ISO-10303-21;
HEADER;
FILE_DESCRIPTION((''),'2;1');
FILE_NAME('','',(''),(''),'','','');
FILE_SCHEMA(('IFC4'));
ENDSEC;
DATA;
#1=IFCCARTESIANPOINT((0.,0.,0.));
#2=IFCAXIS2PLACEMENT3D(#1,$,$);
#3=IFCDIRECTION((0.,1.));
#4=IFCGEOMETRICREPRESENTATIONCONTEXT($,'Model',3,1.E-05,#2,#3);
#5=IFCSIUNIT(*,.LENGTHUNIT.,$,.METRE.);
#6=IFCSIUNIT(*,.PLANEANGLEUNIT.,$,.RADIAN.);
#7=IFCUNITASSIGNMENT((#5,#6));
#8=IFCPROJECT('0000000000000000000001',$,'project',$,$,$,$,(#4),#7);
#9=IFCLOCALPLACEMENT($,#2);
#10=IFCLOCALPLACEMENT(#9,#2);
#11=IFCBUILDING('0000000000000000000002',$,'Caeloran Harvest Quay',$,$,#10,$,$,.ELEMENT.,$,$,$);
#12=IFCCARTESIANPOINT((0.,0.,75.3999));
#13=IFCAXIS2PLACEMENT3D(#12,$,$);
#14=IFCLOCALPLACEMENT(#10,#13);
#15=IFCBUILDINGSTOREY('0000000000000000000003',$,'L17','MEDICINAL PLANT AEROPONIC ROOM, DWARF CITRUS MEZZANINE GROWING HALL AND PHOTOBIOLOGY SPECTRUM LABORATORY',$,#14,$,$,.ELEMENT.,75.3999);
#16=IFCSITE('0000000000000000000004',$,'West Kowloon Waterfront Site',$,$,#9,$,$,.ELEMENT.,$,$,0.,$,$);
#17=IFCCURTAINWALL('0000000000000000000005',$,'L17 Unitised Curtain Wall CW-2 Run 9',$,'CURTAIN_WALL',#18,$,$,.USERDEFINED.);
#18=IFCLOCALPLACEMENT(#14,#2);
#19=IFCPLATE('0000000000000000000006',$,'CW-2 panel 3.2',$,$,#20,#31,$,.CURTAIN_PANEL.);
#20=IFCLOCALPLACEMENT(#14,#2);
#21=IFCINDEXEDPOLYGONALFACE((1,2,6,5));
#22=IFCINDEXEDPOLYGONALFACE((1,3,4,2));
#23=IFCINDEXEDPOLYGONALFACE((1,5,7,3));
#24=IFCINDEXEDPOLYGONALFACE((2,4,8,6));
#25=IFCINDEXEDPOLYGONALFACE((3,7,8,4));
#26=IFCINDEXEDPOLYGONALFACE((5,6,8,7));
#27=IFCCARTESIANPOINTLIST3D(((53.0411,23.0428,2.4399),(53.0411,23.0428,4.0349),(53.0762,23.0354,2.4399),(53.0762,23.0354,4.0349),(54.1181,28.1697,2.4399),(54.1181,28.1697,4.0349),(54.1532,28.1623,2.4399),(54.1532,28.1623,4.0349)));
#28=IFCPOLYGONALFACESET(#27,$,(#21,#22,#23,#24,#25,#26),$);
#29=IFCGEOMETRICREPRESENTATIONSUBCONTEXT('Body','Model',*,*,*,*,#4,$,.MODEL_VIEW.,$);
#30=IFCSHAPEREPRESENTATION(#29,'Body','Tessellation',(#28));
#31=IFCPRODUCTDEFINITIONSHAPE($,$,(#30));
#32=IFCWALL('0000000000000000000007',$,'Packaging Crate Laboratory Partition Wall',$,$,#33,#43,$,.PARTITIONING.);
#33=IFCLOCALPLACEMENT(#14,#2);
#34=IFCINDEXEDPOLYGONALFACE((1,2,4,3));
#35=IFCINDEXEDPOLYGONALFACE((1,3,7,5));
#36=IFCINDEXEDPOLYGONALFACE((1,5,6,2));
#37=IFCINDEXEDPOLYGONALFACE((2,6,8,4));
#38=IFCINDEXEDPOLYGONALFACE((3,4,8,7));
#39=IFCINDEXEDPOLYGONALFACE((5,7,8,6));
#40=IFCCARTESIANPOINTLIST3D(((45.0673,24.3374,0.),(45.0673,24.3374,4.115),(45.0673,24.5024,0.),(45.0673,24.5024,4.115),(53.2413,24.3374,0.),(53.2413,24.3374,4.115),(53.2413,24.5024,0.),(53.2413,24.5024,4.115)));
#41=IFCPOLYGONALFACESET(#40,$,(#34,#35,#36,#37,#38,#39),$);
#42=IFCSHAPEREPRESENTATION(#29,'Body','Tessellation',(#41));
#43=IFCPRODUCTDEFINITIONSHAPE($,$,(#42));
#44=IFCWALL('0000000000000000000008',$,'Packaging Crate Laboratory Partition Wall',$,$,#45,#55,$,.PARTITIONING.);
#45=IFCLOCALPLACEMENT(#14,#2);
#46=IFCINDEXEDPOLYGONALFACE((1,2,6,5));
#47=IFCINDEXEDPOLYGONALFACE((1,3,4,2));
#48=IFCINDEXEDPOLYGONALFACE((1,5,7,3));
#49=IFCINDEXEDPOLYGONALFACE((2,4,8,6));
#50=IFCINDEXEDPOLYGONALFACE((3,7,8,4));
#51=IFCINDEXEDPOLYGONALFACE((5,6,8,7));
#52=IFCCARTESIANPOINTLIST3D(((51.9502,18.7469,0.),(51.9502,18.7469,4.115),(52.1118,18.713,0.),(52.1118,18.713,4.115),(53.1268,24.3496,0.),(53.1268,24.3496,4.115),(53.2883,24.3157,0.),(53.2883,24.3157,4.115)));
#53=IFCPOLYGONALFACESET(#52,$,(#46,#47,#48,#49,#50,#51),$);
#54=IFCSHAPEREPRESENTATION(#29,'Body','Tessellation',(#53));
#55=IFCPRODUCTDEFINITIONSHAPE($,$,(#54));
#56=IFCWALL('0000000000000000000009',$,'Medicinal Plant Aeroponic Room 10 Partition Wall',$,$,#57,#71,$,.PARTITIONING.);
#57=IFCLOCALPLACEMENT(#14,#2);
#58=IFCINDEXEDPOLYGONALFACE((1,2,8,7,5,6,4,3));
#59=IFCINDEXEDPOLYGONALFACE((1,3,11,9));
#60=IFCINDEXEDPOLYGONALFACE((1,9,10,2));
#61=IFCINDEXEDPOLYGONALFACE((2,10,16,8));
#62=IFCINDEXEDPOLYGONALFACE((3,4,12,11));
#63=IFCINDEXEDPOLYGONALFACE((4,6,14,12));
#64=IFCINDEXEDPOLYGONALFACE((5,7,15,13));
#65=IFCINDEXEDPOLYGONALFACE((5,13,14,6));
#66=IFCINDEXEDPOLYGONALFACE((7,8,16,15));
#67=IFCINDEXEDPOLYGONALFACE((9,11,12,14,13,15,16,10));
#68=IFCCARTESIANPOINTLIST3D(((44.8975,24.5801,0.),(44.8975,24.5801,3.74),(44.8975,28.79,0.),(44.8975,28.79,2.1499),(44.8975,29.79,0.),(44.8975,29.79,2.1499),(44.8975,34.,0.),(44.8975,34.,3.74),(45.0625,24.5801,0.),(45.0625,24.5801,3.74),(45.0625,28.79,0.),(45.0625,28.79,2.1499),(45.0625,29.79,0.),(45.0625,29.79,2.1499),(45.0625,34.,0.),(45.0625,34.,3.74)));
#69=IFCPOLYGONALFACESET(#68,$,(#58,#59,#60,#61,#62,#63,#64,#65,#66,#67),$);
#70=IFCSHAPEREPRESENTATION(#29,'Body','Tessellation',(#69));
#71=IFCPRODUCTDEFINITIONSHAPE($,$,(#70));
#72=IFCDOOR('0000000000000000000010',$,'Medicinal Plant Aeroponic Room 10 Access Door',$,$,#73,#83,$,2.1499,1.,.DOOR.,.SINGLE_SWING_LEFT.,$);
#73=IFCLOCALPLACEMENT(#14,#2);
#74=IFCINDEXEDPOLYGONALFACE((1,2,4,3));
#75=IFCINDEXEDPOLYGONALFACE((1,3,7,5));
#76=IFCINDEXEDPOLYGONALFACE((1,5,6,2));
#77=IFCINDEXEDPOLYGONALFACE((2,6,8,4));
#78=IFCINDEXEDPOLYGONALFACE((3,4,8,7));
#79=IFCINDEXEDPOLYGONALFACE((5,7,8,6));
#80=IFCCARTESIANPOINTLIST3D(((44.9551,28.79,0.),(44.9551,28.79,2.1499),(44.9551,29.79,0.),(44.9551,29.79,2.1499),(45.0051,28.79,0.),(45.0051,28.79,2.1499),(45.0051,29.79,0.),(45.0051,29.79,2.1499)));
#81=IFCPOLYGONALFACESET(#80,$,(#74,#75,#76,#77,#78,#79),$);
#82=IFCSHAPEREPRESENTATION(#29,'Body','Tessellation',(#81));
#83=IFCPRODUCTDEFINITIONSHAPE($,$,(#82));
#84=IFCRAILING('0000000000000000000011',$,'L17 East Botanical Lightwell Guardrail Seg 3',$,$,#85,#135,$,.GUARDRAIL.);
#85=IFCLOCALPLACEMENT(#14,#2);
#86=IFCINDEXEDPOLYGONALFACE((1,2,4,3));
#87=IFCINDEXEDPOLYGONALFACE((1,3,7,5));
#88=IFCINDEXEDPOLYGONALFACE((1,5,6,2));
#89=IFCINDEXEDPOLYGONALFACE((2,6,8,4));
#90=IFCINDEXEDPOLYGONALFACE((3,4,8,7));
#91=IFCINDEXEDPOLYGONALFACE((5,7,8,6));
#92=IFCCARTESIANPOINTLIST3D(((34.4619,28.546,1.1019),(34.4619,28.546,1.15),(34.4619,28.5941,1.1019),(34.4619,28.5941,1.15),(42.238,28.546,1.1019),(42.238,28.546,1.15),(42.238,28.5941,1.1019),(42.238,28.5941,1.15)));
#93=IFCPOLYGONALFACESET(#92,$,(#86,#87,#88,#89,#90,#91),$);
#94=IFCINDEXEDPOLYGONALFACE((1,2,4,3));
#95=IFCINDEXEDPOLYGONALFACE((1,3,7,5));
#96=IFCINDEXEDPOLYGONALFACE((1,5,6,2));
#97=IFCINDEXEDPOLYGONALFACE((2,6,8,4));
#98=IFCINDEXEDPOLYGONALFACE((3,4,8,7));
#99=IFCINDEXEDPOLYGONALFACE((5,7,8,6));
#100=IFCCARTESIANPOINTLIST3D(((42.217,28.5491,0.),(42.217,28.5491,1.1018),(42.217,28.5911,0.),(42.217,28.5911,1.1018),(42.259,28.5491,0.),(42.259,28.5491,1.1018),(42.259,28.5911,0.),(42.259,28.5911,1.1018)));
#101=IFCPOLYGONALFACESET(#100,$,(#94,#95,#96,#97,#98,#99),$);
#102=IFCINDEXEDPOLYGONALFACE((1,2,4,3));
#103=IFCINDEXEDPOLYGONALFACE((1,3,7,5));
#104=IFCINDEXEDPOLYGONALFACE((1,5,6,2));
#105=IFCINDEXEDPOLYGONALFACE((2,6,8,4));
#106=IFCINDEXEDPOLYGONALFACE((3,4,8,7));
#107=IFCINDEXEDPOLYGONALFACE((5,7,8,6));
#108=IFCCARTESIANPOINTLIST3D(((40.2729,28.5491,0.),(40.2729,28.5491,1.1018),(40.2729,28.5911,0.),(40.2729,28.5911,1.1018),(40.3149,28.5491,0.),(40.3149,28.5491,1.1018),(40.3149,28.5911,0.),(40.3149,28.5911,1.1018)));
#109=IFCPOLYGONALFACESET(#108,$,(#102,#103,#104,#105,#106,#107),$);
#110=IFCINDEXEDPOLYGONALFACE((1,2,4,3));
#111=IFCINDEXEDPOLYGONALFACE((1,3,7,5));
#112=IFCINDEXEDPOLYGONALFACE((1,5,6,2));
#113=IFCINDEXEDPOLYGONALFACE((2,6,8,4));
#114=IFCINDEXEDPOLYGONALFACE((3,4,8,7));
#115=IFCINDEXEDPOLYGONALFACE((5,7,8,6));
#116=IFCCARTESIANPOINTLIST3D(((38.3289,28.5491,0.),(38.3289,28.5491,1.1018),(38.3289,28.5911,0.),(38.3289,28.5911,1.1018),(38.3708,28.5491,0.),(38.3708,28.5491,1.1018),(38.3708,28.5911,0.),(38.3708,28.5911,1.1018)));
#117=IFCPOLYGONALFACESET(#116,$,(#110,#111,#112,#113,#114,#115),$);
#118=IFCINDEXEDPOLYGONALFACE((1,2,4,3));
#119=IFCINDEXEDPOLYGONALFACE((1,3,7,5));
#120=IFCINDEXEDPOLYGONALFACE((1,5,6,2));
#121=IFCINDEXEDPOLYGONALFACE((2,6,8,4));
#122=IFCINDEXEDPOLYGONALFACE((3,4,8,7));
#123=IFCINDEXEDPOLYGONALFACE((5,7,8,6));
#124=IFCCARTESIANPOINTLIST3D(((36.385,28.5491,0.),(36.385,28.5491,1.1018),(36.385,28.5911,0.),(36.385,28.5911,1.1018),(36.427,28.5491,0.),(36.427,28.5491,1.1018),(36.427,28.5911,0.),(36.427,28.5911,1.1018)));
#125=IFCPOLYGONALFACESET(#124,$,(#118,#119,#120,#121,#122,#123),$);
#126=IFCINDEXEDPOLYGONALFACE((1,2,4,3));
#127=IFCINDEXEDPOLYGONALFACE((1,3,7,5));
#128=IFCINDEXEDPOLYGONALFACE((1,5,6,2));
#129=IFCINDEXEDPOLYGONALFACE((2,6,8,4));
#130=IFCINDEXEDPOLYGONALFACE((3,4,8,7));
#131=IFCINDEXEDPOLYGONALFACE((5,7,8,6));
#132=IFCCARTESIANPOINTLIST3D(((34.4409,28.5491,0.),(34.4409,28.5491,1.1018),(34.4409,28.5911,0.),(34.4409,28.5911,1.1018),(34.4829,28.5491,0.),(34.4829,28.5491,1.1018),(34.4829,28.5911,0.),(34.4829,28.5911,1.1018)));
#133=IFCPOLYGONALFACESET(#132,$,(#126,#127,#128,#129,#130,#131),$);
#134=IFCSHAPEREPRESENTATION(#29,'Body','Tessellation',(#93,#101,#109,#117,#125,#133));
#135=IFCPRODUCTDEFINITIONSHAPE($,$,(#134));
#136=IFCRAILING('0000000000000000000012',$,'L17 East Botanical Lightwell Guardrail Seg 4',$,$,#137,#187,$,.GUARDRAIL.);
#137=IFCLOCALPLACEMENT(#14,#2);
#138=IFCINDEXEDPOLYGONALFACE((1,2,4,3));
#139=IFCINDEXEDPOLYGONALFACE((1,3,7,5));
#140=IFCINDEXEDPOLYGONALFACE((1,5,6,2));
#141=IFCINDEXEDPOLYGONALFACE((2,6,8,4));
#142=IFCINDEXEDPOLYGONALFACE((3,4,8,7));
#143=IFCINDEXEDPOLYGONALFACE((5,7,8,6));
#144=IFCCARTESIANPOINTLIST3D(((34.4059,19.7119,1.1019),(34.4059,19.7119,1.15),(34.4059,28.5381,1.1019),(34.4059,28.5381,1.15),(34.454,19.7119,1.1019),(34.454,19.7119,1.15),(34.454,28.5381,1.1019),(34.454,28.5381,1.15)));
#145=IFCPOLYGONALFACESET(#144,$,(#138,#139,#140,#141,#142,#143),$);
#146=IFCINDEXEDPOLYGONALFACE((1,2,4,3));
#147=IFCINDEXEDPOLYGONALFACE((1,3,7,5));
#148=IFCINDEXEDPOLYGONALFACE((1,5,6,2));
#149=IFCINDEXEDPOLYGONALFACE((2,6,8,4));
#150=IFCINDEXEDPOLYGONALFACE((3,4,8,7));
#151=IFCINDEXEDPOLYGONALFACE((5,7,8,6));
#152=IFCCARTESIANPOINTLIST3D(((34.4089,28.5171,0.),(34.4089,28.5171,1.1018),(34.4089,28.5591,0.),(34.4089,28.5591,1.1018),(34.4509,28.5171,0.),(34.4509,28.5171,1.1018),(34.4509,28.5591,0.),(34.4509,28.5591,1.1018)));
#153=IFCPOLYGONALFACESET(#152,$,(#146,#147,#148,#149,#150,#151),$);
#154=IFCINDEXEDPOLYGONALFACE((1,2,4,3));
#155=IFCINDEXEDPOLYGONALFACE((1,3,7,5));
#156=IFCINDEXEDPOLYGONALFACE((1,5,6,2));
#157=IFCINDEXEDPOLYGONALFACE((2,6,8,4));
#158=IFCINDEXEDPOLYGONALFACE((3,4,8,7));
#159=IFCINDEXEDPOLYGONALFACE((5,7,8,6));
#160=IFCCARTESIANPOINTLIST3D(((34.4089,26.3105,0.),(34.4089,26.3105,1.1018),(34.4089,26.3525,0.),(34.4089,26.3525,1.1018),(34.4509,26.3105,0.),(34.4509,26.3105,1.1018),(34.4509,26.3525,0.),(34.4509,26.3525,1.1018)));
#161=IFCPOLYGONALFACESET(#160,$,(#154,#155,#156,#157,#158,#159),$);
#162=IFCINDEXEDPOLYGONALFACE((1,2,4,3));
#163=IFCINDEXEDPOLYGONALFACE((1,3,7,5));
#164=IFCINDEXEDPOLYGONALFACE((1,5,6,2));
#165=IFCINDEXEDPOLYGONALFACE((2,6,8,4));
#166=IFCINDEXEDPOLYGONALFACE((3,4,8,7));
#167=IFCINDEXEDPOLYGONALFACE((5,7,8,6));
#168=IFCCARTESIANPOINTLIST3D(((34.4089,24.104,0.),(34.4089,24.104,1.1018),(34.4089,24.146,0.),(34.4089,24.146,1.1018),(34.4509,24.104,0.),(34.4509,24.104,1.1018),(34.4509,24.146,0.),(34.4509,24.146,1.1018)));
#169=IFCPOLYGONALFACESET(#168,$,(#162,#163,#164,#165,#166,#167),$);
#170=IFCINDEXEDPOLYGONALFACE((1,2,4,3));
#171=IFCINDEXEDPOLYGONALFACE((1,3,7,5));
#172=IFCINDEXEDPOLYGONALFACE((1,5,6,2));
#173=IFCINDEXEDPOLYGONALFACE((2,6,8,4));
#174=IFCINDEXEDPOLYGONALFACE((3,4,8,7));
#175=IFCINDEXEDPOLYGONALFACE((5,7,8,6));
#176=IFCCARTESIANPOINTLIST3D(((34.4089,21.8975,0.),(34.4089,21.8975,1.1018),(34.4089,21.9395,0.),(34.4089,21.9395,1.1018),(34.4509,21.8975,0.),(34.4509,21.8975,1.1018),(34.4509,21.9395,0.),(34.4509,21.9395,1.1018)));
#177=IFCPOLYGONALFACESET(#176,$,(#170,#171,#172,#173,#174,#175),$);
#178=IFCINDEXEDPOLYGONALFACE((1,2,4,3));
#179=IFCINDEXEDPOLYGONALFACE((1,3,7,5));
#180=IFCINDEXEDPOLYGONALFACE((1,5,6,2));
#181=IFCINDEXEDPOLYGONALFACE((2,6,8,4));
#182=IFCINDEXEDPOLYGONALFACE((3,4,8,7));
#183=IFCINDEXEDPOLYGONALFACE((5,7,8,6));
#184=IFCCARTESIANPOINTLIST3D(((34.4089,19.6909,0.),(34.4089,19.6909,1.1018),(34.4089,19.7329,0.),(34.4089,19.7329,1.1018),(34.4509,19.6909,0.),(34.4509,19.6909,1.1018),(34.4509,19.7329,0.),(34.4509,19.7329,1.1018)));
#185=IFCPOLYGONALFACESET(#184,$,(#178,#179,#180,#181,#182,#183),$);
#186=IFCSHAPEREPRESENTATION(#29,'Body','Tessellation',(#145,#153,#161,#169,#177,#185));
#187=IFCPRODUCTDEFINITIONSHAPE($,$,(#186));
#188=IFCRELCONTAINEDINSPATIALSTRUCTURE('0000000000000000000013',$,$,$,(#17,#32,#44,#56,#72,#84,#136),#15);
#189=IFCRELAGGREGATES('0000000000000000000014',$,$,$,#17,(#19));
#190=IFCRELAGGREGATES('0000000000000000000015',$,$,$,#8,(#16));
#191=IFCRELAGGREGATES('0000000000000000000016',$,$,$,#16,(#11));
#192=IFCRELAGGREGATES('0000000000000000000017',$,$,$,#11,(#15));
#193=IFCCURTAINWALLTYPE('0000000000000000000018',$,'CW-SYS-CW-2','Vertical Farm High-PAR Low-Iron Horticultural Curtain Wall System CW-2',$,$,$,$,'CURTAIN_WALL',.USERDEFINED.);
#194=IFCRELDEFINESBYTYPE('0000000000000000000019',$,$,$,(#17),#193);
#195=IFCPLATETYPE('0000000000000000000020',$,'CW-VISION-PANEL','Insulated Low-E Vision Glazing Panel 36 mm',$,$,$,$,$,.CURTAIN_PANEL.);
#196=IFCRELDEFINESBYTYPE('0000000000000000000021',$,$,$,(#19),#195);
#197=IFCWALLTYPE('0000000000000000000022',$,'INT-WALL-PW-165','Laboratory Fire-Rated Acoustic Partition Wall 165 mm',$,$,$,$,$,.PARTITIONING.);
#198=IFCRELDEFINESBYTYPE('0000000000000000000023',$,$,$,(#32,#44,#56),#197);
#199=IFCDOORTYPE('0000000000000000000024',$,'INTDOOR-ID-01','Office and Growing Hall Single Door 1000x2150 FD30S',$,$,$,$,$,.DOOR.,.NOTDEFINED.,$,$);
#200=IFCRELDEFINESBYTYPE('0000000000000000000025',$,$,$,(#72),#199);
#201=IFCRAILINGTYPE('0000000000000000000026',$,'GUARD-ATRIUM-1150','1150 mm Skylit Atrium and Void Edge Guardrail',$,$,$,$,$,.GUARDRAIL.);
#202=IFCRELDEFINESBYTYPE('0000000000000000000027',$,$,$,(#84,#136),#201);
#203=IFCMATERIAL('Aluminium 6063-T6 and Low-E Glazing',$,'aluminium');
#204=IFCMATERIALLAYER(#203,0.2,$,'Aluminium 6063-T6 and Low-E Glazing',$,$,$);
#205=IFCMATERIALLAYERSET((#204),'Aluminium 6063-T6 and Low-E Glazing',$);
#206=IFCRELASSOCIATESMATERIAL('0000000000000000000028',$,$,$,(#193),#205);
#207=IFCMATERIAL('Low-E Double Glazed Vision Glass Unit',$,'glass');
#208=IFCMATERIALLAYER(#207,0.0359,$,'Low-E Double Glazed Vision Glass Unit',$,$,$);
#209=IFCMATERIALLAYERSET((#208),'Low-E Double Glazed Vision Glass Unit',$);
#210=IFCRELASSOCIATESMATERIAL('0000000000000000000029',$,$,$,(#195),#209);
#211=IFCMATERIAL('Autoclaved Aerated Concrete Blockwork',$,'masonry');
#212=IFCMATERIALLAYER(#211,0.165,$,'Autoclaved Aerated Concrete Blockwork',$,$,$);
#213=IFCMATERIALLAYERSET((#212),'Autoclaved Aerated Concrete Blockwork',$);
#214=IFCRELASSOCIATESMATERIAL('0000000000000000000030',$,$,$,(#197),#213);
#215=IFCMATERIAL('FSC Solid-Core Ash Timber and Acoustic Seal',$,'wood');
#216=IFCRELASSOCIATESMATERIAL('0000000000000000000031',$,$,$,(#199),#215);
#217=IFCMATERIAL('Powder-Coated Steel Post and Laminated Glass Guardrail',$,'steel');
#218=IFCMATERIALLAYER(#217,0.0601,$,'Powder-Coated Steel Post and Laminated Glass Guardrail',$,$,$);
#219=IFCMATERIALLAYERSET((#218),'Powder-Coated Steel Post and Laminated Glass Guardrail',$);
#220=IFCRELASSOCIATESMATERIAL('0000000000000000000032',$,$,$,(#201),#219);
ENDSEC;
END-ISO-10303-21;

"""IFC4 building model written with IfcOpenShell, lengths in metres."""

from ifc_helpers import new_model, si_unit, direction, frame, frame_2d, origin, origin_2d, place, context, subcontext, project, spatial, rectangle, extrude, material, layer, layer_set, type_object, element, fill, aggregate, save


model = new_model("IFC4")

# Units and contexts
model_context = context("Model", 3, precision=1e-05, world=origin(), true_north=direction((0.0, 1.0)))
body_context = subcontext(model_context, "Body", "Model", "MODEL_VIEW")
ifc_project = project(units=[si_unit("LENGTHUNIT", "METRE"), si_unit("PLANEANGLEUNIT", "RADIAN")], contexts=[model_context])

# Site, building, storey
site_placement = place(None, origin())
site = spatial("IfcSite", under=ifc_project, at=site_placement, Name="West Kowloon Waterfront Site", CompositionType="ELEMENT", RefElevation=0.0)
building_placement = place(site_placement, origin())
building = spatial("IfcBuilding", under=site, at=building_placement, Name="Caeloran Harvest Quay", CompositionType="ELEMENT")
storey_placement = place(building_placement, frame((0.0, 0.0, 75.3999)))
storey = spatial("IfcBuildingStorey", under=building, at=storey_placement, Name="L17", Description="MEDICINAL PLANT AEROPONIC ROOM, DWARF CITRUS MEZZANINE GROWING HALL AND PHOTOBIOLOGY SPECTRUM LABORATORY", CompositionType="ELEMENT", Elevation=75.3999)

# Curtain wall, plate
ifc_material_1 = material(Name="Aluminium 6063-T6 and Low-E Glazing", Category="aluminium")
ifc_layer_1 = layer(ifc_material_1, 0.2, Name="Aluminium 6063-T6 and Low-E Glazing")
ifc_layer_set_1 = layer_set([ifc_layer_1], Name="Aluminium 6063-T6 and Low-E Glazing")
curtain_wall_type = type_object("IfcCurtainWallType", Name="CW-SYS-CW-2", Description="Vertical Farm High-PAR Low-Iron Horticultural Curtain Wall System CW-2", ElementType="CURTAIN_WALL", PredefinedType="USERDEFINED", material=ifc_layer_set_1)
curtain_wall_placement = place(storey_placement, origin())
curtain_wall = element("IfcCurtainWall", 1, at=curtain_wall_placement, inside=storey, type_object=curtain_wall_type, Name="L17 Unitised Curtain Wall CW-2 Run 9", ObjectType="CURTAIN_WALL", PredefinedType="USERDEFINED")
ifc_material_2 = material(Name="Low-E Double Glazed Vision Glass Unit", Category="glass")
ifc_layer_2 = layer(ifc_material_2, 0.0359, Name="Low-E Double Glazed Vision Glass Unit")
ifc_layer_set_2 = layer_set([ifc_layer_2], Name="Low-E Double Glazed Vision Glass Unit")
plate_type = type_object("IfcPlateType", Name="CW-VISION-PANEL", Description="Insulated Low-E Vision Glazing Panel 36 mm", PredefinedType="CURTAIN_PANEL", material=ifc_layer_set_2)
plate_1_placement = place(storey_placement, frame((53.5972, 25.6025, 2.4399), z_axis=(0.0, 0.0, 1.0), x_axis=(-0.205583, -0.97864, 0.0)))
plate_1 = element("IfcPlate", 2, at=plate_1_placement, type_object=plate_type, Name="CW-2 panel 3.2", PredefinedType="CURTAIN_PANEL", context=body_context, shape_type="SweptSolid", body=[
    extrude(rectangle(XDim=5.2388, YDim=0.0359, at=origin_2d()), origin(), (0.0, 0.0, 1.0), 1.595),
])
aggregate(curtain_wall, [plate_1])

# Walls
ifc_material_3 = material(Name="Autoclaved Aerated Concrete Blockwork", Category="masonry")
ifc_layer_3 = layer(ifc_material_3, 0.165, Name="Autoclaved Aerated Concrete Blockwork")
ifc_layer_set_3 = layer_set([ifc_layer_3], Name="Autoclaved Aerated Concrete Blockwork")
wall_type = type_object("IfcWallType", Name="INT-WALL-PW-165", Description="Laboratory Fire-Rated Acoustic Partition Wall 165 mm", PredefinedType="PARTITIONING", material=ifc_layer_set_3)
wall_1_placement = place(storey_placement, frame((45.0674, 24.4199, 0.0), z_axis=(0.0, 0.0, 1.0), x_axis=(1.0, 0.0, 0.0)))
element("IfcWall", 3, at=wall_1_placement, inside=storey, type_object=wall_type, Name="Packaging Crate Laboratory Partition Wall", PredefinedType="PARTITIONING", context=body_context, shape_type="SweptSolid", body=[
    extrude(rectangle(XDim=8.1741, YDim=0.165, at=frame_2d((4.0869, 0.0))), origin(), (0.0, 0.0, 1.0), 4.115),
])
wall_2_placement = place(storey_placement, frame((53.2075, 24.3325, 0.0), z_axis=(0.0, 0.0, 1.0), x_axis=(-0.205514, -0.978654, 0.0)))
element("IfcWall", 4, at=wall_2_placement, inside=storey, type_object=wall_type, Name="Packaging Crate Laboratory Partition Wall", PredefinedType="PARTITIONING", context=body_context, shape_type="SweptSolid", body=[
    extrude(rectangle(XDim=5.7249, YDim=0.165, at=frame_2d((2.8623, 0.0))), origin(), (0.0, 0.0, 1.0), 4.115),
])

# Wall, opening, door
wall_3_placement = place(storey_placement, frame((44.98, 24.5801, 0.0), z_axis=(0.0, 0.0, 1.0), x_axis=(0.0, 1.0, 0.0)))
wall_3 = element("IfcWall", 5, at=wall_3_placement, inside=storey, type_object=wall_type, Name="Medicinal Plant Aeroponic Room 10 Partition Wall", PredefinedType="PARTITIONING", context=body_context, shape_type="SweptSolid", body=[
    extrude(rectangle(XDim=9.4199, YDim=0.165, at=frame_2d((4.71, 0.0))), origin(), (0.0, 0.0, 1.0), 3.74),
])
opening_placement = place(wall_3_placement, frame((4.21, 0.0, 0.0)))
opening = element("IfcOpeningElement", 6, at=opening_placement, cuts=wall_3, PredefinedType="OPENING", context=body_context, shape_type="SweptSolid", body=[
    extrude(rectangle(XDim=1.0, YDim=2.1499, at=frame_2d((0.5, 1.075))), frame((0.0, 0.0925, 0.0), z_axis=(0.0, -1.0, 0.0), x_axis=(1.0, 0.0, 0.0)), (0.0, 0.0, 1.0), 0.1851),
])
ifc_material_4 = material(Name="FSC Solid-Core Ash Timber and Acoustic Seal", Category="wood")
door_type = type_object("IfcDoorType", Name="INTDOOR-ID-01", Description="Office and Growing Hall Single Door 1000x2150 FD30S", OperationType="NOTDEFINED", PredefinedType="DOOR", material=ifc_material_4)
door_placement = place(opening_placement, origin())
door = element("IfcDoor", 7, at=door_placement, inside=storey, type_object=door_type, Name="Medicinal Plant Aeroponic Room 10 Access Door", OperationType="SINGLE_SWING_LEFT", OverallHeight=2.1499, OverallWidth=1.0, PredefinedType="DOOR", context=body_context, shape_type="SweptSolid", body=[
    extrude(rectangle(XDim=1.0, YDim=2.1499, at=frame_2d((0.5, 1.075))), frame((0.0, 0.0249, 0.0), z_axis=(0.0, -1.0, 0.0), x_axis=(1.0, 0.0, 0.0)), (0.0, 0.0, 1.0), 0.05),
])
fill(opening, door)

# Railings
ifc_material_5 = material(Name="Powder-Coated Steel Post and Laminated Glass Guardrail", Category="steel")
ifc_layer_4 = layer(ifc_material_5, 0.0601, Name="Powder-Coated Steel Post and Laminated Glass Guardrail")
ifc_layer_set_4 = layer_set([ifc_layer_4], Name="Powder-Coated Steel Post and Laminated Glass Guardrail")
railing_type = type_object("IfcRailingType", Name="GUARD-ATRIUM-1150", Description="1150 mm Skylit Atrium and Void Edge Guardrail", PredefinedType="GUARDRAIL", material=ifc_layer_set_4)
railing_1_placement = place(storey_placement, frame((42.238, 28.5701, 0.0)))
element("IfcRailing", 8, at=railing_1_placement, inside=storey, type_object=railing_type, Name="L17 East Botanical Lightwell Guardrail Seg 3", PredefinedType="GUARDRAIL", context=body_context, shape_type="SweptSolid", body=[
    extrude(rectangle(XDim=0.0481, YDim=0.0481, at=origin_2d()), frame((0.0, 0.0, 1.126), z_axis=(-1.0, 0.0, 0.0), x_axis=(0.0, -1.0, 0.0)), (0.0, 0.0, 1.0), 7.7761),
    extrude(rectangle(XDim=0.042, YDim=0.042, at=origin_2d()), origin(), (0.0, 0.0, 1.0), 1.1018),
    extrude(rectangle(XDim=0.042, YDim=0.042, at=origin_2d()), frame((-1.9441, 0.0, 0.0)), (0.0, 0.0, 1.0), 1.1018),
    extrude(rectangle(XDim=0.042, YDim=0.042, at=origin_2d()), frame((-3.8882, 0.0, 0.0)), (0.0, 0.0, 1.0), 1.1018),
    extrude(rectangle(XDim=0.042, YDim=0.042, at=origin_2d()), frame((-5.832, 0.0, 0.0)), (0.0, 0.0, 1.0), 1.1018),
    extrude(rectangle(XDim=0.042, YDim=0.042, at=origin_2d()), frame((-7.7761, 0.0, 0.0)), (0.0, 0.0, 1.0), 1.1018),
])
railing_2_placement = place(storey_placement, frame((34.4299, 28.5381, 0.0)))
element("IfcRailing", 9, at=railing_2_placement, inside=storey, type_object=railing_type, Name="L17 East Botanical Lightwell Guardrail Seg 4", PredefinedType="GUARDRAIL", context=body_context, shape_type="SweptSolid", body=[
    extrude(rectangle(XDim=0.0481, YDim=0.0481, at=origin_2d()), frame((0.0, 0.0, 1.126), z_axis=(0.0, -1.0, 0.0), x_axis=(1.0, 0.0, 0.0)), (0.0, 0.0, 1.0), 8.8262),
    extrude(rectangle(XDim=0.042, YDim=0.042, at=origin_2d()), origin(), (0.0, 0.0, 1.0), 1.1018),
    extrude(rectangle(XDim=0.042, YDim=0.042, at=origin_2d()), frame((0.0, -2.2065, 0.0)), (0.0, 0.0, 1.0), 1.1018),
    extrude(rectangle(XDim=0.042, YDim=0.042, at=origin_2d()), frame((0.0, -4.4131, 0.0)), (0.0, 0.0, 1.0), 1.1018),
    extrude(rectangle(XDim=0.042, YDim=0.042, at=origin_2d()), frame((0.0, -6.6196, 0.0)), (0.0, 0.0, 1.0), 1.1018),
    extrude(rectangle(XDim=0.042, YDim=0.042, at=origin_2d()), frame((0.0, -8.8262, 0.0)), (0.0, 0.0, 1.0), 1.1018),
])

save(model, "model.ifc")
